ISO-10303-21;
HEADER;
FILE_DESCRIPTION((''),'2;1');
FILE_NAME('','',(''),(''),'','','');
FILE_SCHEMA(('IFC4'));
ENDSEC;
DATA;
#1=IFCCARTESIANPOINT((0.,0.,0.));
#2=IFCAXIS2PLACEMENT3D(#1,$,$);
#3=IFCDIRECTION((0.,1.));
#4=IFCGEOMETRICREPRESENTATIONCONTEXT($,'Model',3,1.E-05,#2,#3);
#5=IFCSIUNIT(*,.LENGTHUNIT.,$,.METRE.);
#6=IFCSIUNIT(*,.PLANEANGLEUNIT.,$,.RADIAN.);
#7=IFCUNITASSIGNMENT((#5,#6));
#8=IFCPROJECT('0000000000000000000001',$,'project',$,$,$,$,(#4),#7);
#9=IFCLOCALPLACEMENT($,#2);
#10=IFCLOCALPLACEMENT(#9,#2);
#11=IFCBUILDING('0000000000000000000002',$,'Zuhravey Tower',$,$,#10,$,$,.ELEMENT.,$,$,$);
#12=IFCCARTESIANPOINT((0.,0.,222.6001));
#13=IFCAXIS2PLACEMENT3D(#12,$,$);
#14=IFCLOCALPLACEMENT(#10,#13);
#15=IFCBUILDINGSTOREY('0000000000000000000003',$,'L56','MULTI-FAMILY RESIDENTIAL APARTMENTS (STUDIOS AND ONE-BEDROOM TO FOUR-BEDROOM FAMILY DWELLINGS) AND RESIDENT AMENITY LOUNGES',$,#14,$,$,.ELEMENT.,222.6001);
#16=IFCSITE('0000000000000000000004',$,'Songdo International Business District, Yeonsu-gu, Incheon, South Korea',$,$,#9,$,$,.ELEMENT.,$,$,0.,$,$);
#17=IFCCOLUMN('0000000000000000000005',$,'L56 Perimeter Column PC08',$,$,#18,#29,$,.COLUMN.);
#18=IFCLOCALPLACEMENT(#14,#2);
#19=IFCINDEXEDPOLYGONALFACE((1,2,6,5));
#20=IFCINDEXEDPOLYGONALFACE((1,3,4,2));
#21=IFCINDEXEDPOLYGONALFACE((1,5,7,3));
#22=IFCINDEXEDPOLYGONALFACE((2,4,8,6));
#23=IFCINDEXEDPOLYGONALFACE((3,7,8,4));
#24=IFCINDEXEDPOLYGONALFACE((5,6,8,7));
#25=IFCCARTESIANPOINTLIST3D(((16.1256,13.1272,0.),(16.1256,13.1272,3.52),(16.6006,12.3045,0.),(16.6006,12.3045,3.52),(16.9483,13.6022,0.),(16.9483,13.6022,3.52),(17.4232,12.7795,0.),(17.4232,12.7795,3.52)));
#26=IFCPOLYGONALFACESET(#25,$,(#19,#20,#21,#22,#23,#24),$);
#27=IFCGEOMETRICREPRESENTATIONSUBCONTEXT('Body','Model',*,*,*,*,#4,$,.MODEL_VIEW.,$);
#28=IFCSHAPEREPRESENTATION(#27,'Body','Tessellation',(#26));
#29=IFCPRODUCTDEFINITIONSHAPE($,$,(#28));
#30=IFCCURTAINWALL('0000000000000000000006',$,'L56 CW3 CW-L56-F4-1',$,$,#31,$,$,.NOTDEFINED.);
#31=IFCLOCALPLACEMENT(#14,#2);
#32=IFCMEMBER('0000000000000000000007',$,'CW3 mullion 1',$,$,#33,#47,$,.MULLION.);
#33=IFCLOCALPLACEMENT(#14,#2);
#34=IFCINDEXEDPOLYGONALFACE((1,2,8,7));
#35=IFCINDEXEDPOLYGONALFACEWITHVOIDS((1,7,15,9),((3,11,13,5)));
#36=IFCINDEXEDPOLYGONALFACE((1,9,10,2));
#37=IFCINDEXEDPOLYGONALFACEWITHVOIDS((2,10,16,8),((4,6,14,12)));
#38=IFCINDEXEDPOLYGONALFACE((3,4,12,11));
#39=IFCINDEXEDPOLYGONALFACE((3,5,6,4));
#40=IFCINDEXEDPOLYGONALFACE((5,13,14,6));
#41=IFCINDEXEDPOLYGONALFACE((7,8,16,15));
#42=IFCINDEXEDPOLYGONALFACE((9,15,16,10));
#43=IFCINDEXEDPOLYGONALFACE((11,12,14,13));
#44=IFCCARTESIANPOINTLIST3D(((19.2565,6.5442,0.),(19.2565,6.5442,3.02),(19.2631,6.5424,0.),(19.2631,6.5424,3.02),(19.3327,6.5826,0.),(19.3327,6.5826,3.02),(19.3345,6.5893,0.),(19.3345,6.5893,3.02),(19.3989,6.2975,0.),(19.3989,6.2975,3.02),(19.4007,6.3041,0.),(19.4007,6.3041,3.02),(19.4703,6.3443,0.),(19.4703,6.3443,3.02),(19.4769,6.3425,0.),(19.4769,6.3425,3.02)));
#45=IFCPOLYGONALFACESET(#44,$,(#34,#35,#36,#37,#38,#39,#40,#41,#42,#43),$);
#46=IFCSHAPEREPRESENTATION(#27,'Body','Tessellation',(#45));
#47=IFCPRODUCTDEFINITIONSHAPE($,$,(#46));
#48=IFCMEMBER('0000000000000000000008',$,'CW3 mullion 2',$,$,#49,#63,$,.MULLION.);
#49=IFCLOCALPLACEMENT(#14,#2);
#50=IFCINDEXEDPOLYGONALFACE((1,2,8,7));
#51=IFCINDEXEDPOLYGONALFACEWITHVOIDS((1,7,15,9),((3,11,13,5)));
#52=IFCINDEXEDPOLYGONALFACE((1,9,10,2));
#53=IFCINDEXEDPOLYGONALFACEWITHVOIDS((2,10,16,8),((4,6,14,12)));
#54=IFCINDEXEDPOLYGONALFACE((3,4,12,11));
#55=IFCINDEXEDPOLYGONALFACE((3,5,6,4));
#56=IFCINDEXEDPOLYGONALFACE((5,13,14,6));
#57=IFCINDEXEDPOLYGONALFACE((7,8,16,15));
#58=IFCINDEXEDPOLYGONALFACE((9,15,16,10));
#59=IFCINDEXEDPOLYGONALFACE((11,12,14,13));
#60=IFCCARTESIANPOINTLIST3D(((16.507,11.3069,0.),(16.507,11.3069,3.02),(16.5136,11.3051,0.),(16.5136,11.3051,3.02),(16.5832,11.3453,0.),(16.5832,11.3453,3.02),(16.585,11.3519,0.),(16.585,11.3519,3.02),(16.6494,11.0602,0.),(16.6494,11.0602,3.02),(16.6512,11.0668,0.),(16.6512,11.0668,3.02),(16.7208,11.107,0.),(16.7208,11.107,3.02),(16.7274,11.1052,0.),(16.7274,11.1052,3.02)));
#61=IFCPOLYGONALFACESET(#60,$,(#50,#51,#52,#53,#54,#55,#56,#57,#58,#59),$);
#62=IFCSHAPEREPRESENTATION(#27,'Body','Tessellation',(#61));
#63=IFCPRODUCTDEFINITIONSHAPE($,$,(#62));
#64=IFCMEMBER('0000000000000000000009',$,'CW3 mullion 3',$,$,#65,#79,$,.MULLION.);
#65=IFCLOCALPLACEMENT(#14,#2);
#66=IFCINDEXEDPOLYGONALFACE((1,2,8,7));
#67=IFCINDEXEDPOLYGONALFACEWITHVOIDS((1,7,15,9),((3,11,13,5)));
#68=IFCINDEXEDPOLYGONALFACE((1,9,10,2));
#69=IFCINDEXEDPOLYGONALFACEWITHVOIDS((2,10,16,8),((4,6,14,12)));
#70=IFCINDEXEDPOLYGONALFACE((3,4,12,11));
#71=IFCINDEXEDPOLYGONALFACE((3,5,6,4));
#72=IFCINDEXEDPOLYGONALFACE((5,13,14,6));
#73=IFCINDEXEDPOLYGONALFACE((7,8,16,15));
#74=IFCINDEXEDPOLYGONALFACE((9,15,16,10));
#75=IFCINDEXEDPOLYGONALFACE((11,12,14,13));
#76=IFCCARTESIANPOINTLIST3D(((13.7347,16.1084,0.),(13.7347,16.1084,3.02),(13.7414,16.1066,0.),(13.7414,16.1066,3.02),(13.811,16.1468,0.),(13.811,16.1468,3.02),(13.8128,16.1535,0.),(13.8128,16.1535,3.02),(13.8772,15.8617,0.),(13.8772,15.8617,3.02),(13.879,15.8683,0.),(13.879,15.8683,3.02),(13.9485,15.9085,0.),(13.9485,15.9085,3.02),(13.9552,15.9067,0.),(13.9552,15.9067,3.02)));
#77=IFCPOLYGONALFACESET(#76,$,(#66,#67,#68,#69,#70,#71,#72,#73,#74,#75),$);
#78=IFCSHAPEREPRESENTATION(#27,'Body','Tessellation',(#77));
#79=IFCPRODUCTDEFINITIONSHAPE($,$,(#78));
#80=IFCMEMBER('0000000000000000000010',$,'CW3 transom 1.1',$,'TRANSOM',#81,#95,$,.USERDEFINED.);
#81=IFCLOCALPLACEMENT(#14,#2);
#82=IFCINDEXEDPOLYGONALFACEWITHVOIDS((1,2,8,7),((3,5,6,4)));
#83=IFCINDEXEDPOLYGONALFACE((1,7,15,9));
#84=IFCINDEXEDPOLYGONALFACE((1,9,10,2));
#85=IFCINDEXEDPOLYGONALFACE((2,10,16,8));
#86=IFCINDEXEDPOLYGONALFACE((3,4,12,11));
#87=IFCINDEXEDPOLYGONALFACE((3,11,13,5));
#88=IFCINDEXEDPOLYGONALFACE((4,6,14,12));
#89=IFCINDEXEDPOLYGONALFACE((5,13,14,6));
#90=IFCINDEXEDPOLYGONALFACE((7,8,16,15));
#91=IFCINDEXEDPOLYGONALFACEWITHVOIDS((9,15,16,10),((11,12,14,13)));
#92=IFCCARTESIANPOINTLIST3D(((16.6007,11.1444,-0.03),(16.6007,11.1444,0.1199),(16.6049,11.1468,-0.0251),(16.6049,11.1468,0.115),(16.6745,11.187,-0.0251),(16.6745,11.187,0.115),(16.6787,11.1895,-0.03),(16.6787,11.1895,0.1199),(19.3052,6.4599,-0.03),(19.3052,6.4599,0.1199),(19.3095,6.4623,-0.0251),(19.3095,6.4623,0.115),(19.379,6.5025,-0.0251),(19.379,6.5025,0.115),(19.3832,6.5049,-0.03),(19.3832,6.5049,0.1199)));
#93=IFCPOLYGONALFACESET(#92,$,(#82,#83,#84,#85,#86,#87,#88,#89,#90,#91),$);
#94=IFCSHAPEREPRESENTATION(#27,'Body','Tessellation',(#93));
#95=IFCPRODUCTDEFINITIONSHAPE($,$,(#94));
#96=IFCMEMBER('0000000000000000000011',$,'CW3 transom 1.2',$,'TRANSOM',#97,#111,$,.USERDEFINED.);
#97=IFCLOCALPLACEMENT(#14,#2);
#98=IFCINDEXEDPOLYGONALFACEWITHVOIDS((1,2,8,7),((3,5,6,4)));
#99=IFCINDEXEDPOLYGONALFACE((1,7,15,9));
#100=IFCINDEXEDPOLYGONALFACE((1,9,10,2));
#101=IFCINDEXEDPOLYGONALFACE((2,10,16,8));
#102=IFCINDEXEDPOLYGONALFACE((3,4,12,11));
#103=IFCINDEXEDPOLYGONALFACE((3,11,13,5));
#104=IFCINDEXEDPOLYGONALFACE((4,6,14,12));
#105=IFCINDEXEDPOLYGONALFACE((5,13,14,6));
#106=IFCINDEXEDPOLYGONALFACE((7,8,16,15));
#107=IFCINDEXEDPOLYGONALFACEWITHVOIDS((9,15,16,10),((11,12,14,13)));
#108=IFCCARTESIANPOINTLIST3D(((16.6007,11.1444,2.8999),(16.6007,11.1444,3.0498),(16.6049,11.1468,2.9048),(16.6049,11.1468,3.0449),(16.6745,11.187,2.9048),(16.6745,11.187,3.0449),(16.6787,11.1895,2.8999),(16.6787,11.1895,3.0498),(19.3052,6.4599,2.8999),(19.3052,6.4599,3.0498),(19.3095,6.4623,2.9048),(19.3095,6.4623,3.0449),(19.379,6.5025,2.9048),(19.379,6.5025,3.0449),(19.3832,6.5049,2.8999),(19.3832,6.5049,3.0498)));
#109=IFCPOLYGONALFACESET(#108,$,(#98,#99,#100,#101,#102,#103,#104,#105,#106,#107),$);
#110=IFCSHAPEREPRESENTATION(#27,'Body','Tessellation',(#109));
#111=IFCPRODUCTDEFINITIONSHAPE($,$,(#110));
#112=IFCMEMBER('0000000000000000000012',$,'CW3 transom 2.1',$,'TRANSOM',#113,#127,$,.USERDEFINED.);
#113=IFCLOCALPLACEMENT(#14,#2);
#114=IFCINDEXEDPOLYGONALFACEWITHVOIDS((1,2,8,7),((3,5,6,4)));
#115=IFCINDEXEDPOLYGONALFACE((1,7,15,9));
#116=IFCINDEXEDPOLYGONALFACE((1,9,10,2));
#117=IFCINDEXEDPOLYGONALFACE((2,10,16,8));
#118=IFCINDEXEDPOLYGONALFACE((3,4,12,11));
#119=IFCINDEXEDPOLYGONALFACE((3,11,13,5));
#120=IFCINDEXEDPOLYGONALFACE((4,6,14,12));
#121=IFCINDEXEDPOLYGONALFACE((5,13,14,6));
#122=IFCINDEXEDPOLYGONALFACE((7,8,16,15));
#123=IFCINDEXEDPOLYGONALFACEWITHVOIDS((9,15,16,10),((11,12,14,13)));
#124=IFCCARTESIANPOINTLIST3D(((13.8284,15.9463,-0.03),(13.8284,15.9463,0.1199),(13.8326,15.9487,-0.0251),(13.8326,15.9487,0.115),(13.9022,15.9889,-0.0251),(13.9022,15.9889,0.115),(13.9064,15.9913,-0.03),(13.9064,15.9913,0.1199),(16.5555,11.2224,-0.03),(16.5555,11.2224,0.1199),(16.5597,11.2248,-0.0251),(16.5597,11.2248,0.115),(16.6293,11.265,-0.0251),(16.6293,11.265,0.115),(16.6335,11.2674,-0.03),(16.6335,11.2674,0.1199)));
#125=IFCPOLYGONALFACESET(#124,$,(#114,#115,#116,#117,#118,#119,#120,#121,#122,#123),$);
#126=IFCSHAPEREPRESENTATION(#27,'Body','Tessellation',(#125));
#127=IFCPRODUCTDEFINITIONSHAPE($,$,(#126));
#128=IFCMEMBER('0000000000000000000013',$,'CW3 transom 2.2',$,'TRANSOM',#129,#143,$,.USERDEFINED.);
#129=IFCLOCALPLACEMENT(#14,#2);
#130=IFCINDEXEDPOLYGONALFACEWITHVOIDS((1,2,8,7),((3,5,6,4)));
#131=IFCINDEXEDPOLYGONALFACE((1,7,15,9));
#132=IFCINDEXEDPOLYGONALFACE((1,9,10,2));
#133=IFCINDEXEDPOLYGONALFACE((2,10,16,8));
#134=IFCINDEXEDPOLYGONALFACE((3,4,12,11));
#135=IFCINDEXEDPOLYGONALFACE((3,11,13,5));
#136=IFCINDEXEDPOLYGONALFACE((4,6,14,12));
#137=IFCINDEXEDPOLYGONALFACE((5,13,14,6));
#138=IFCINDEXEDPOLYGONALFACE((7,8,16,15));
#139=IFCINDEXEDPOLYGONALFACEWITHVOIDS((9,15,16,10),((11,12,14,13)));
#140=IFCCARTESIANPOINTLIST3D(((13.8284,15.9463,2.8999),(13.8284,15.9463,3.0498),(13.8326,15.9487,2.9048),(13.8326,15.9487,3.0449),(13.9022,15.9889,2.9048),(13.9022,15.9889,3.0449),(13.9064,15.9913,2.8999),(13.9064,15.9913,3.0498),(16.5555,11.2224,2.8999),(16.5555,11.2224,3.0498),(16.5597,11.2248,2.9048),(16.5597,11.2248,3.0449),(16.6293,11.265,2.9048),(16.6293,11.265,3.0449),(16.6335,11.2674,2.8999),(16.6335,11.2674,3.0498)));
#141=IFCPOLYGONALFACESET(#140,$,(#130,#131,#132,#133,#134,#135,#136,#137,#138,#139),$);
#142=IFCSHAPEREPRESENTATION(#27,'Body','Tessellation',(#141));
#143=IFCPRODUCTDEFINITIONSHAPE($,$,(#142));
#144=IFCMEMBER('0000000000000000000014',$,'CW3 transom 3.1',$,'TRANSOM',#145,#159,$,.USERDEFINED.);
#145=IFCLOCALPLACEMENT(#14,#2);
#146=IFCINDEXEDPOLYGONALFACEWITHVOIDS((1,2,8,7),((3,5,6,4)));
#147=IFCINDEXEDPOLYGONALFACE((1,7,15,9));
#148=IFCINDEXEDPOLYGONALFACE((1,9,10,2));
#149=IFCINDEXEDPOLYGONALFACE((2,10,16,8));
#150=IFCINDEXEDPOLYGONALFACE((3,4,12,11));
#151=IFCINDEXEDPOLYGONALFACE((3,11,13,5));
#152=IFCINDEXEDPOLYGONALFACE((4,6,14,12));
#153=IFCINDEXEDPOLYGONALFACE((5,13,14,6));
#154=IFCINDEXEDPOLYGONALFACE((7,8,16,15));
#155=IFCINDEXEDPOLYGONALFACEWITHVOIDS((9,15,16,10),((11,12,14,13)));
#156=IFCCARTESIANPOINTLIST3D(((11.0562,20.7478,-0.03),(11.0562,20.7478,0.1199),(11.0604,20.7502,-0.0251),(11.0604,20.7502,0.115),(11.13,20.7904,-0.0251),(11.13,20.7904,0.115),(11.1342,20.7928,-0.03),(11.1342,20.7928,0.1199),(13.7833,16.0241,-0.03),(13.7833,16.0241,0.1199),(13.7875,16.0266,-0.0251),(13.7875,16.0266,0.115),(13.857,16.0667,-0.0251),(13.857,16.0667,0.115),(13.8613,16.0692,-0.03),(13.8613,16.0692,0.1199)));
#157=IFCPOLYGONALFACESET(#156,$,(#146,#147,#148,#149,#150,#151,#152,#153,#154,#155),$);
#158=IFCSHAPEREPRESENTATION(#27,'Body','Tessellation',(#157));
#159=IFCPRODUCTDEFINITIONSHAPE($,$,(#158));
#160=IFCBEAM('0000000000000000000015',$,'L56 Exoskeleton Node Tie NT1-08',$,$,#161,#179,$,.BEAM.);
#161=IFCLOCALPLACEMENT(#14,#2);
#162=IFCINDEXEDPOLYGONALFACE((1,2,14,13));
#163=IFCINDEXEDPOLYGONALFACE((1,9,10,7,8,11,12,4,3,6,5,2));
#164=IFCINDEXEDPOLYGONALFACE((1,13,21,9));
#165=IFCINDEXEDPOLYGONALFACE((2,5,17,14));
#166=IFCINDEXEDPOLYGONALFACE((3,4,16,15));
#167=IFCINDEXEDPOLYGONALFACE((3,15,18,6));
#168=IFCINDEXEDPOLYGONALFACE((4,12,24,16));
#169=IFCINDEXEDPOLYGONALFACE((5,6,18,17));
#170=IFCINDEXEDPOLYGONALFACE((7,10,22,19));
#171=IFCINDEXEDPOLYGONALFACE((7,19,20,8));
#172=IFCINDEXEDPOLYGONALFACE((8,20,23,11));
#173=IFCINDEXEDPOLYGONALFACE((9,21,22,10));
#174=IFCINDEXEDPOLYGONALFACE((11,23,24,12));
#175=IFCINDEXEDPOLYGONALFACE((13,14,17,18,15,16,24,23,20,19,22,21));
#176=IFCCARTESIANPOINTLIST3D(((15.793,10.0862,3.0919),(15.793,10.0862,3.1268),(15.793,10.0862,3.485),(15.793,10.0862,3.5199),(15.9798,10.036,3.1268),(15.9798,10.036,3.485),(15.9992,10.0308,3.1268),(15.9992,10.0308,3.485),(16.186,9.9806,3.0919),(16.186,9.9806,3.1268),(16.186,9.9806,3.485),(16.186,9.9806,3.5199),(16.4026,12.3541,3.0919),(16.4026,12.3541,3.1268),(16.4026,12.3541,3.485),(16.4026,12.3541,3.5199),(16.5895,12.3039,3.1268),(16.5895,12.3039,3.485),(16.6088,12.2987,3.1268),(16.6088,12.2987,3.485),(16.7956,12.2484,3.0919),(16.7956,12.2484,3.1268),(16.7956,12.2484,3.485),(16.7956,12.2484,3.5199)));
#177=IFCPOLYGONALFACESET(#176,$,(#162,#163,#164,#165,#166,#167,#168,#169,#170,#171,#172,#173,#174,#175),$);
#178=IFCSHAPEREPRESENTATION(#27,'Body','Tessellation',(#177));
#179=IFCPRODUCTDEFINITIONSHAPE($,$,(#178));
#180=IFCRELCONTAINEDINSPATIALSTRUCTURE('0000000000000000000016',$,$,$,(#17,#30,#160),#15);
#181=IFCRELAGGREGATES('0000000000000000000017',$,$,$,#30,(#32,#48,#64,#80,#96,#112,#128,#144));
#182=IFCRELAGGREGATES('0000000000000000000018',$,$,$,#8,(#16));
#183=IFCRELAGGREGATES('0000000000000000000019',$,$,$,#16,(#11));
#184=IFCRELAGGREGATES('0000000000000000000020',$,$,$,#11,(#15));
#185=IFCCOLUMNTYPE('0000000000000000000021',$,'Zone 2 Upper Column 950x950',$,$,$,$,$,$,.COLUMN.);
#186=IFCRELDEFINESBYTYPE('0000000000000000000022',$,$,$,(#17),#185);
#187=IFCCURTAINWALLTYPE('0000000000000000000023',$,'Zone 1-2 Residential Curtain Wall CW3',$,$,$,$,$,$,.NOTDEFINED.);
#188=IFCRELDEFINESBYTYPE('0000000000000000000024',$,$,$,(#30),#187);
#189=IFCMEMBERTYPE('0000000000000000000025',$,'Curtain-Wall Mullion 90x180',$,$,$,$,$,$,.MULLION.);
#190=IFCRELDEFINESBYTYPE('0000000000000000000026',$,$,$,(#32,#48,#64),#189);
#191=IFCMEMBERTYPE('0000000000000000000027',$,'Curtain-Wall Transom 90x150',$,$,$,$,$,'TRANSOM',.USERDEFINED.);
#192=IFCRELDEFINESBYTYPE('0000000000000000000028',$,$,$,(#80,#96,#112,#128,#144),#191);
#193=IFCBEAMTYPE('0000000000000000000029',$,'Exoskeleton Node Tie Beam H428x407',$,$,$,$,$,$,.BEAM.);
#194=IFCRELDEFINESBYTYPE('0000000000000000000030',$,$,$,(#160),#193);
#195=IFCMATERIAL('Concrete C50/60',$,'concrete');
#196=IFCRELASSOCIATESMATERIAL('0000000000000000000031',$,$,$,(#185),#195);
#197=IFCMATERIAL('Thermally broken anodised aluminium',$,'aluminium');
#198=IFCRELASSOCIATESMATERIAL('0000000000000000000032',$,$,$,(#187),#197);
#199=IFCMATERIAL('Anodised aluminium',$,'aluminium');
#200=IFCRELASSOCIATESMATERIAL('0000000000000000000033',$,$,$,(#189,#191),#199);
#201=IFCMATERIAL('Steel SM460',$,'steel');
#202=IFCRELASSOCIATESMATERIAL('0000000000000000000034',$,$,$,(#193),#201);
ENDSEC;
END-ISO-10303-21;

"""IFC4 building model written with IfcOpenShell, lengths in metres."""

from ifc_helpers import new_model, si_unit, direction, frame, origin, origin_2d, place, context, subcontext, project, spatial, rectangle, hollow_rectangle, i_section, extrude, material, material_profile, profile_set, type_object, element, aggregate, save


model = new_model("IFC4")

# Units and contexts
model_context = context("Model", 3, precision=1e-05, world=origin(), true_north=direction((0.0, 1.0)))
body_context = subcontext(model_context, "Body", "Model", "MODEL_VIEW")
ifc_project = project(units=[si_unit("LENGTHUNIT", "METRE"), si_unit("PLANEANGLEUNIT", "RADIAN")], contexts=[model_context])

# Site, building, storey
site_placement = place(None, origin())
site = spatial("IfcSite", under=ifc_project, at=site_placement, Name="Songdo International Business District, Yeonsu-gu, Incheon, South Korea", CompositionType="ELEMENT", RefElevation=0.0)
building_placement = place(site_placement, origin())
building = spatial("IfcBuilding", under=site, at=building_placement, Name="Zuhravey Tower", CompositionType="ELEMENT")
storey_placement = place(building_placement, frame((0.0, 0.0, 222.6001)))
storey = spatial("IfcBuildingStorey", under=building, at=storey_placement, Name="L56", Description="MULTI-FAMILY RESIDENTIAL APARTMENTS (STUDIOS AND ONE-BEDROOM TO FOUR-BEDROOM FAMILY DWELLINGS) AND RESIDENT AMENITY LOUNGES", CompositionType="ELEMENT", Elevation=222.6001)

# Column
ifc_material_1 = material(Name="Concrete C50/60", Category="concrete")
ifc_material_profile_1 = material_profile(ifc_material_1, rectangle(XDim=0.95, YDim=0.95, at=origin_2d()), Name="RC-950x950")
ifc_profile_set_1 = profile_set([ifc_material_profile_1], Name="Concrete C50/60")
column_type = type_object("IfcColumnType", Name="Zone 2 Upper Column 950x950", PredefinedType="COLUMN", material=ifc_profile_set_1)
column_placement = place(storey_placement, frame((16.7744, 12.9534, 0.0), z_axis=(0.0, 0.0, 1.0), x_axis=(0.5, -0.866025, 0.0)))
element("IfcColumn", 1, at=column_placement, inside=storey, type_object=column_type, Name="L56 Perimeter Column PC08", PredefinedType="COLUMN", context=body_context, shape_type="SweptSolid", body=[
    extrude(rectangle(XDim=0.95, YDim=0.95, at=origin_2d()), origin(), (0.0, 0.0, 1.0), 3.52),
])

# Curtain wall, members
ifc_material_2 = material(Name="Thermally broken anodised aluminium", Category="aluminium")
curtain_wall_type = type_object("IfcCurtainWallType", Name="Zone 1-2 Residential Curtain Wall CW3", PredefinedType="NOTDEFINED", material=ifc_material_2)
curtain_wall_placement = place(storey_placement, origin())
curtain_wall = element("IfcCurtainWall", 2, at=curtain_wall_placement, inside=storey, type_object=curtain_wall_type, Name="L56 CW3 CW-L56-F4-1", PredefinedType="NOTDEFINED")
ifc_material_3 = material(Name="Anodised aluminium", Category="aluminium")
ifc_material_profile_2 = material_profile(ifc_material_3, hollow_rectangle(XDim=0.0901, YDim=0.2849, WallThickness=0.0049, at=origin_2d()), Name="ALU-RHS-90x285x5")
ifc_profile_set_2 = profile_set([ifc_material_profile_2], Name="Anodised aluminium")
member_type_1 = type_object("IfcMemberType", Name="Curtain-Wall Mullion 90x180", PredefinedType="MULLION", material=ifc_profile_set_2)
member_1_placement = place(storey_placement, frame((19.3667, 6.4434, 0.0), z_axis=(0.0, 0.0, 1.0), x_axis=(-0.866025, -0.5, 0.0)))
member_1 = element("IfcMember", 3, at=member_1_placement, type_object=member_type_1, Name="CW3 mullion 1", PredefinedType="MULLION", context=body_context, shape_type="SweptSolid", body=[
    extrude(hollow_rectangle(XDim=0.0901, YDim=0.2849, WallThickness=0.0049, at=origin_2d()), origin(), (0.0, 0.0, 1.0), 3.02),
])
member_2_placement = place(storey_placement, frame((16.6172, 11.2061, 0.0), z_axis=(0.0, 0.0, 1.0), x_axis=(-0.866025, -0.5, 0.0)))
member_2 = element("IfcMember", 4, at=member_2_placement, type_object=member_type_1, Name="CW3 mullion 2", PredefinedType="MULLION", context=body_context, shape_type="SweptSolid", body=[
    extrude(hollow_rectangle(XDim=0.0901, YDim=0.2849, WallThickness=0.0049, at=origin_2d()), origin(), (0.0, 0.0, 1.0), 3.02),
])
member_3_placement = place(storey_placement, frame((13.845, 16.0076, 0.0), z_axis=(0.0, 0.0, 1.0), x_axis=(-0.866025, -0.5, 0.0)))
member_3 = element("IfcMember", 5, at=member_3_placement, type_object=member_type_1, Name="CW3 mullion 3", PredefinedType="MULLION", context=body_context, shape_type="SweptSolid", body=[
    extrude(hollow_rectangle(XDim=0.0901, YDim=0.2849, WallThickness=0.0049, at=origin_2d()), origin(), (0.0, 0.0, 1.0), 3.02),
])
ifc_material_profile_3 = material_profile(ifc_material_3, hollow_rectangle(XDim=0.0901, YDim=0.1499, WallThickness=0.0049, at=origin_2d()), Name="ALU-RHS-90x150x5")
ifc_profile_set_3 = profile_set([ifc_material_profile_3], Name="Anodised aluminium")
member_type_2 = type_object("IfcMemberType", Name="Curtain-Wall Transom 90x150", ElementType="TRANSOM", PredefinedType="USERDEFINED", material=ifc_profile_set_3)
member_4_placement = place(storey_placement, frame((19.3442, 6.4824, 0.0449), z_axis=(-0.499993, 0.866029, 0.0), x_axis=(-0.866029, -0.499993, 0.0)))
member_4 = element("IfcMember", 6, at=member_4_placement, type_object=member_type_2, Name="CW3 transom 1.1", ObjectType="TRANSOM", PredefinedType="USERDEFINED", context=body_context, shape_type="SweptSolid", body=[
    extrude(hollow_rectangle(XDim=0.0901, YDim=0.1499, WallThickness=0.0049, at=origin_2d()), origin(), (0.0, 0.0, 1.0), 5.4092),
])
member_5_placement = place(storey_placement, frame((19.3442, 6.4824, 2.9749), z_axis=(-0.499993, 0.866029, 0.0), x_axis=(-0.866029, -0.499993, 0.0)))
member_5 = element("IfcMember", 7, at=member_5_placement, type_object=member_type_2, Name="CW3 transom 1.2", ObjectType="TRANSOM", PredefinedType="USERDEFINED", context=body_context, shape_type="SweptSolid", body=[
    extrude(hollow_rectangle(XDim=0.0901, YDim=0.1499, WallThickness=0.0049, at=origin_2d()), origin(), (0.0, 0.0, 1.0), 5.4092),
])
member_6_placement = place(storey_placement, frame((16.5945, 11.2449, 0.0449), z_axis=(-0.499961, 0.866048, 0.0), x_axis=(-0.866048, -0.499961, 0.0)))
member_6 = element("IfcMember", 8, at=member_6_placement, type_object=member_type_2, Name="CW3 transom 2.1", ObjectType="TRANSOM", PredefinedType="USERDEFINED", context=body_context, shape_type="SweptSolid", body=[
    extrude(hollow_rectangle(XDim=0.0901, YDim=0.1499, WallThickness=0.0049, at=origin_2d()), origin(), (0.0, 0.0, 1.0), 5.4546),
])
member_7_placement = place(storey_placement, frame((16.5945, 11.2449, 2.9749), z_axis=(-0.499961, 0.866048, 0.0), x_axis=(-0.866048, -0.499961, 0.0)))
member_7 = element("IfcMember", 9, at=member_7_placement, type_object=member_type_2, Name="CW3 transom 2.2", ObjectType="TRANSOM", PredefinedType="USERDEFINED", context=body_context, shape_type="SweptSolid", body=[
    extrude(hollow_rectangle(XDim=0.0901, YDim=0.1499, WallThickness=0.0049, at=origin_2d()), origin(), (0.0, 0.0, 1.0), 5.4546),
])
member_8_placement = place(storey_placement, frame((13.8223, 16.0466, 0.0449), z_axis=(-0.499981, 0.866037, 0.0), x_axis=(-0.866037, -0.499981, 0.0)))
member_8 = element("IfcMember", 10, at=member_8_placement, type_object=member_type_2, Name="CW3 transom 3.1", ObjectType="TRANSOM", PredefinedType="USERDEFINED", context=body_context, shape_type="SweptSolid", body=[
    extrude(hollow_rectangle(XDim=0.0901, YDim=0.1499, WallThickness=0.0049, at=origin_2d()), origin(), (0.0, 0.0, 1.0), 5.4543),
])

# Beam
ifc_material_4 = material(Name="Steel SM460", Category="steel")
ifc_material_profile_4 = material_profile(ifc_material_4, i_section(OverallWidth=0.407, OverallDepth=0.428, WebThickness=0.02, FlangeThickness=0.0349, at=origin_2d()), Name="H-428x407x20x35")
ifc_profile_set_4 = profile_set([ifc_material_profile_4], Name="Steel SM460")
beam_type_1 = type_object("IfcBeamType", Name="Exoskeleton Node Tie Beam H428x407", PredefinedType="BEAM", material=ifc_profile_set_4)
beam_1_placement = place(storey_placement, frame((16.5991, 12.3013, 3.3059), z_axis=(-0.259597, -0.965717, 0.0), x_axis=(0.965717, -0.259597, 0.0)))
element("IfcBeam", 11, at=beam_1_placement, inside=storey, type_object=beam_type_1, Name="L56 Exoskeleton Node Tie NT1-08", PredefinedType="BEAM", context=body_context, shape_type="SweptSolid", body=[
    extrude(i_section(OverallWidth=0.407, OverallDepth=0.428, WebThickness=0.02, FlangeThickness=0.0349, at=origin_2d()), origin(), (0.0, 0.0, 1.0), 2.3484),
])

aggregate(curtain_wall, [member_1, member_2, member_3, member_4, member_5, member_6, member_7, member_8])

save(model, "model.ifc")
